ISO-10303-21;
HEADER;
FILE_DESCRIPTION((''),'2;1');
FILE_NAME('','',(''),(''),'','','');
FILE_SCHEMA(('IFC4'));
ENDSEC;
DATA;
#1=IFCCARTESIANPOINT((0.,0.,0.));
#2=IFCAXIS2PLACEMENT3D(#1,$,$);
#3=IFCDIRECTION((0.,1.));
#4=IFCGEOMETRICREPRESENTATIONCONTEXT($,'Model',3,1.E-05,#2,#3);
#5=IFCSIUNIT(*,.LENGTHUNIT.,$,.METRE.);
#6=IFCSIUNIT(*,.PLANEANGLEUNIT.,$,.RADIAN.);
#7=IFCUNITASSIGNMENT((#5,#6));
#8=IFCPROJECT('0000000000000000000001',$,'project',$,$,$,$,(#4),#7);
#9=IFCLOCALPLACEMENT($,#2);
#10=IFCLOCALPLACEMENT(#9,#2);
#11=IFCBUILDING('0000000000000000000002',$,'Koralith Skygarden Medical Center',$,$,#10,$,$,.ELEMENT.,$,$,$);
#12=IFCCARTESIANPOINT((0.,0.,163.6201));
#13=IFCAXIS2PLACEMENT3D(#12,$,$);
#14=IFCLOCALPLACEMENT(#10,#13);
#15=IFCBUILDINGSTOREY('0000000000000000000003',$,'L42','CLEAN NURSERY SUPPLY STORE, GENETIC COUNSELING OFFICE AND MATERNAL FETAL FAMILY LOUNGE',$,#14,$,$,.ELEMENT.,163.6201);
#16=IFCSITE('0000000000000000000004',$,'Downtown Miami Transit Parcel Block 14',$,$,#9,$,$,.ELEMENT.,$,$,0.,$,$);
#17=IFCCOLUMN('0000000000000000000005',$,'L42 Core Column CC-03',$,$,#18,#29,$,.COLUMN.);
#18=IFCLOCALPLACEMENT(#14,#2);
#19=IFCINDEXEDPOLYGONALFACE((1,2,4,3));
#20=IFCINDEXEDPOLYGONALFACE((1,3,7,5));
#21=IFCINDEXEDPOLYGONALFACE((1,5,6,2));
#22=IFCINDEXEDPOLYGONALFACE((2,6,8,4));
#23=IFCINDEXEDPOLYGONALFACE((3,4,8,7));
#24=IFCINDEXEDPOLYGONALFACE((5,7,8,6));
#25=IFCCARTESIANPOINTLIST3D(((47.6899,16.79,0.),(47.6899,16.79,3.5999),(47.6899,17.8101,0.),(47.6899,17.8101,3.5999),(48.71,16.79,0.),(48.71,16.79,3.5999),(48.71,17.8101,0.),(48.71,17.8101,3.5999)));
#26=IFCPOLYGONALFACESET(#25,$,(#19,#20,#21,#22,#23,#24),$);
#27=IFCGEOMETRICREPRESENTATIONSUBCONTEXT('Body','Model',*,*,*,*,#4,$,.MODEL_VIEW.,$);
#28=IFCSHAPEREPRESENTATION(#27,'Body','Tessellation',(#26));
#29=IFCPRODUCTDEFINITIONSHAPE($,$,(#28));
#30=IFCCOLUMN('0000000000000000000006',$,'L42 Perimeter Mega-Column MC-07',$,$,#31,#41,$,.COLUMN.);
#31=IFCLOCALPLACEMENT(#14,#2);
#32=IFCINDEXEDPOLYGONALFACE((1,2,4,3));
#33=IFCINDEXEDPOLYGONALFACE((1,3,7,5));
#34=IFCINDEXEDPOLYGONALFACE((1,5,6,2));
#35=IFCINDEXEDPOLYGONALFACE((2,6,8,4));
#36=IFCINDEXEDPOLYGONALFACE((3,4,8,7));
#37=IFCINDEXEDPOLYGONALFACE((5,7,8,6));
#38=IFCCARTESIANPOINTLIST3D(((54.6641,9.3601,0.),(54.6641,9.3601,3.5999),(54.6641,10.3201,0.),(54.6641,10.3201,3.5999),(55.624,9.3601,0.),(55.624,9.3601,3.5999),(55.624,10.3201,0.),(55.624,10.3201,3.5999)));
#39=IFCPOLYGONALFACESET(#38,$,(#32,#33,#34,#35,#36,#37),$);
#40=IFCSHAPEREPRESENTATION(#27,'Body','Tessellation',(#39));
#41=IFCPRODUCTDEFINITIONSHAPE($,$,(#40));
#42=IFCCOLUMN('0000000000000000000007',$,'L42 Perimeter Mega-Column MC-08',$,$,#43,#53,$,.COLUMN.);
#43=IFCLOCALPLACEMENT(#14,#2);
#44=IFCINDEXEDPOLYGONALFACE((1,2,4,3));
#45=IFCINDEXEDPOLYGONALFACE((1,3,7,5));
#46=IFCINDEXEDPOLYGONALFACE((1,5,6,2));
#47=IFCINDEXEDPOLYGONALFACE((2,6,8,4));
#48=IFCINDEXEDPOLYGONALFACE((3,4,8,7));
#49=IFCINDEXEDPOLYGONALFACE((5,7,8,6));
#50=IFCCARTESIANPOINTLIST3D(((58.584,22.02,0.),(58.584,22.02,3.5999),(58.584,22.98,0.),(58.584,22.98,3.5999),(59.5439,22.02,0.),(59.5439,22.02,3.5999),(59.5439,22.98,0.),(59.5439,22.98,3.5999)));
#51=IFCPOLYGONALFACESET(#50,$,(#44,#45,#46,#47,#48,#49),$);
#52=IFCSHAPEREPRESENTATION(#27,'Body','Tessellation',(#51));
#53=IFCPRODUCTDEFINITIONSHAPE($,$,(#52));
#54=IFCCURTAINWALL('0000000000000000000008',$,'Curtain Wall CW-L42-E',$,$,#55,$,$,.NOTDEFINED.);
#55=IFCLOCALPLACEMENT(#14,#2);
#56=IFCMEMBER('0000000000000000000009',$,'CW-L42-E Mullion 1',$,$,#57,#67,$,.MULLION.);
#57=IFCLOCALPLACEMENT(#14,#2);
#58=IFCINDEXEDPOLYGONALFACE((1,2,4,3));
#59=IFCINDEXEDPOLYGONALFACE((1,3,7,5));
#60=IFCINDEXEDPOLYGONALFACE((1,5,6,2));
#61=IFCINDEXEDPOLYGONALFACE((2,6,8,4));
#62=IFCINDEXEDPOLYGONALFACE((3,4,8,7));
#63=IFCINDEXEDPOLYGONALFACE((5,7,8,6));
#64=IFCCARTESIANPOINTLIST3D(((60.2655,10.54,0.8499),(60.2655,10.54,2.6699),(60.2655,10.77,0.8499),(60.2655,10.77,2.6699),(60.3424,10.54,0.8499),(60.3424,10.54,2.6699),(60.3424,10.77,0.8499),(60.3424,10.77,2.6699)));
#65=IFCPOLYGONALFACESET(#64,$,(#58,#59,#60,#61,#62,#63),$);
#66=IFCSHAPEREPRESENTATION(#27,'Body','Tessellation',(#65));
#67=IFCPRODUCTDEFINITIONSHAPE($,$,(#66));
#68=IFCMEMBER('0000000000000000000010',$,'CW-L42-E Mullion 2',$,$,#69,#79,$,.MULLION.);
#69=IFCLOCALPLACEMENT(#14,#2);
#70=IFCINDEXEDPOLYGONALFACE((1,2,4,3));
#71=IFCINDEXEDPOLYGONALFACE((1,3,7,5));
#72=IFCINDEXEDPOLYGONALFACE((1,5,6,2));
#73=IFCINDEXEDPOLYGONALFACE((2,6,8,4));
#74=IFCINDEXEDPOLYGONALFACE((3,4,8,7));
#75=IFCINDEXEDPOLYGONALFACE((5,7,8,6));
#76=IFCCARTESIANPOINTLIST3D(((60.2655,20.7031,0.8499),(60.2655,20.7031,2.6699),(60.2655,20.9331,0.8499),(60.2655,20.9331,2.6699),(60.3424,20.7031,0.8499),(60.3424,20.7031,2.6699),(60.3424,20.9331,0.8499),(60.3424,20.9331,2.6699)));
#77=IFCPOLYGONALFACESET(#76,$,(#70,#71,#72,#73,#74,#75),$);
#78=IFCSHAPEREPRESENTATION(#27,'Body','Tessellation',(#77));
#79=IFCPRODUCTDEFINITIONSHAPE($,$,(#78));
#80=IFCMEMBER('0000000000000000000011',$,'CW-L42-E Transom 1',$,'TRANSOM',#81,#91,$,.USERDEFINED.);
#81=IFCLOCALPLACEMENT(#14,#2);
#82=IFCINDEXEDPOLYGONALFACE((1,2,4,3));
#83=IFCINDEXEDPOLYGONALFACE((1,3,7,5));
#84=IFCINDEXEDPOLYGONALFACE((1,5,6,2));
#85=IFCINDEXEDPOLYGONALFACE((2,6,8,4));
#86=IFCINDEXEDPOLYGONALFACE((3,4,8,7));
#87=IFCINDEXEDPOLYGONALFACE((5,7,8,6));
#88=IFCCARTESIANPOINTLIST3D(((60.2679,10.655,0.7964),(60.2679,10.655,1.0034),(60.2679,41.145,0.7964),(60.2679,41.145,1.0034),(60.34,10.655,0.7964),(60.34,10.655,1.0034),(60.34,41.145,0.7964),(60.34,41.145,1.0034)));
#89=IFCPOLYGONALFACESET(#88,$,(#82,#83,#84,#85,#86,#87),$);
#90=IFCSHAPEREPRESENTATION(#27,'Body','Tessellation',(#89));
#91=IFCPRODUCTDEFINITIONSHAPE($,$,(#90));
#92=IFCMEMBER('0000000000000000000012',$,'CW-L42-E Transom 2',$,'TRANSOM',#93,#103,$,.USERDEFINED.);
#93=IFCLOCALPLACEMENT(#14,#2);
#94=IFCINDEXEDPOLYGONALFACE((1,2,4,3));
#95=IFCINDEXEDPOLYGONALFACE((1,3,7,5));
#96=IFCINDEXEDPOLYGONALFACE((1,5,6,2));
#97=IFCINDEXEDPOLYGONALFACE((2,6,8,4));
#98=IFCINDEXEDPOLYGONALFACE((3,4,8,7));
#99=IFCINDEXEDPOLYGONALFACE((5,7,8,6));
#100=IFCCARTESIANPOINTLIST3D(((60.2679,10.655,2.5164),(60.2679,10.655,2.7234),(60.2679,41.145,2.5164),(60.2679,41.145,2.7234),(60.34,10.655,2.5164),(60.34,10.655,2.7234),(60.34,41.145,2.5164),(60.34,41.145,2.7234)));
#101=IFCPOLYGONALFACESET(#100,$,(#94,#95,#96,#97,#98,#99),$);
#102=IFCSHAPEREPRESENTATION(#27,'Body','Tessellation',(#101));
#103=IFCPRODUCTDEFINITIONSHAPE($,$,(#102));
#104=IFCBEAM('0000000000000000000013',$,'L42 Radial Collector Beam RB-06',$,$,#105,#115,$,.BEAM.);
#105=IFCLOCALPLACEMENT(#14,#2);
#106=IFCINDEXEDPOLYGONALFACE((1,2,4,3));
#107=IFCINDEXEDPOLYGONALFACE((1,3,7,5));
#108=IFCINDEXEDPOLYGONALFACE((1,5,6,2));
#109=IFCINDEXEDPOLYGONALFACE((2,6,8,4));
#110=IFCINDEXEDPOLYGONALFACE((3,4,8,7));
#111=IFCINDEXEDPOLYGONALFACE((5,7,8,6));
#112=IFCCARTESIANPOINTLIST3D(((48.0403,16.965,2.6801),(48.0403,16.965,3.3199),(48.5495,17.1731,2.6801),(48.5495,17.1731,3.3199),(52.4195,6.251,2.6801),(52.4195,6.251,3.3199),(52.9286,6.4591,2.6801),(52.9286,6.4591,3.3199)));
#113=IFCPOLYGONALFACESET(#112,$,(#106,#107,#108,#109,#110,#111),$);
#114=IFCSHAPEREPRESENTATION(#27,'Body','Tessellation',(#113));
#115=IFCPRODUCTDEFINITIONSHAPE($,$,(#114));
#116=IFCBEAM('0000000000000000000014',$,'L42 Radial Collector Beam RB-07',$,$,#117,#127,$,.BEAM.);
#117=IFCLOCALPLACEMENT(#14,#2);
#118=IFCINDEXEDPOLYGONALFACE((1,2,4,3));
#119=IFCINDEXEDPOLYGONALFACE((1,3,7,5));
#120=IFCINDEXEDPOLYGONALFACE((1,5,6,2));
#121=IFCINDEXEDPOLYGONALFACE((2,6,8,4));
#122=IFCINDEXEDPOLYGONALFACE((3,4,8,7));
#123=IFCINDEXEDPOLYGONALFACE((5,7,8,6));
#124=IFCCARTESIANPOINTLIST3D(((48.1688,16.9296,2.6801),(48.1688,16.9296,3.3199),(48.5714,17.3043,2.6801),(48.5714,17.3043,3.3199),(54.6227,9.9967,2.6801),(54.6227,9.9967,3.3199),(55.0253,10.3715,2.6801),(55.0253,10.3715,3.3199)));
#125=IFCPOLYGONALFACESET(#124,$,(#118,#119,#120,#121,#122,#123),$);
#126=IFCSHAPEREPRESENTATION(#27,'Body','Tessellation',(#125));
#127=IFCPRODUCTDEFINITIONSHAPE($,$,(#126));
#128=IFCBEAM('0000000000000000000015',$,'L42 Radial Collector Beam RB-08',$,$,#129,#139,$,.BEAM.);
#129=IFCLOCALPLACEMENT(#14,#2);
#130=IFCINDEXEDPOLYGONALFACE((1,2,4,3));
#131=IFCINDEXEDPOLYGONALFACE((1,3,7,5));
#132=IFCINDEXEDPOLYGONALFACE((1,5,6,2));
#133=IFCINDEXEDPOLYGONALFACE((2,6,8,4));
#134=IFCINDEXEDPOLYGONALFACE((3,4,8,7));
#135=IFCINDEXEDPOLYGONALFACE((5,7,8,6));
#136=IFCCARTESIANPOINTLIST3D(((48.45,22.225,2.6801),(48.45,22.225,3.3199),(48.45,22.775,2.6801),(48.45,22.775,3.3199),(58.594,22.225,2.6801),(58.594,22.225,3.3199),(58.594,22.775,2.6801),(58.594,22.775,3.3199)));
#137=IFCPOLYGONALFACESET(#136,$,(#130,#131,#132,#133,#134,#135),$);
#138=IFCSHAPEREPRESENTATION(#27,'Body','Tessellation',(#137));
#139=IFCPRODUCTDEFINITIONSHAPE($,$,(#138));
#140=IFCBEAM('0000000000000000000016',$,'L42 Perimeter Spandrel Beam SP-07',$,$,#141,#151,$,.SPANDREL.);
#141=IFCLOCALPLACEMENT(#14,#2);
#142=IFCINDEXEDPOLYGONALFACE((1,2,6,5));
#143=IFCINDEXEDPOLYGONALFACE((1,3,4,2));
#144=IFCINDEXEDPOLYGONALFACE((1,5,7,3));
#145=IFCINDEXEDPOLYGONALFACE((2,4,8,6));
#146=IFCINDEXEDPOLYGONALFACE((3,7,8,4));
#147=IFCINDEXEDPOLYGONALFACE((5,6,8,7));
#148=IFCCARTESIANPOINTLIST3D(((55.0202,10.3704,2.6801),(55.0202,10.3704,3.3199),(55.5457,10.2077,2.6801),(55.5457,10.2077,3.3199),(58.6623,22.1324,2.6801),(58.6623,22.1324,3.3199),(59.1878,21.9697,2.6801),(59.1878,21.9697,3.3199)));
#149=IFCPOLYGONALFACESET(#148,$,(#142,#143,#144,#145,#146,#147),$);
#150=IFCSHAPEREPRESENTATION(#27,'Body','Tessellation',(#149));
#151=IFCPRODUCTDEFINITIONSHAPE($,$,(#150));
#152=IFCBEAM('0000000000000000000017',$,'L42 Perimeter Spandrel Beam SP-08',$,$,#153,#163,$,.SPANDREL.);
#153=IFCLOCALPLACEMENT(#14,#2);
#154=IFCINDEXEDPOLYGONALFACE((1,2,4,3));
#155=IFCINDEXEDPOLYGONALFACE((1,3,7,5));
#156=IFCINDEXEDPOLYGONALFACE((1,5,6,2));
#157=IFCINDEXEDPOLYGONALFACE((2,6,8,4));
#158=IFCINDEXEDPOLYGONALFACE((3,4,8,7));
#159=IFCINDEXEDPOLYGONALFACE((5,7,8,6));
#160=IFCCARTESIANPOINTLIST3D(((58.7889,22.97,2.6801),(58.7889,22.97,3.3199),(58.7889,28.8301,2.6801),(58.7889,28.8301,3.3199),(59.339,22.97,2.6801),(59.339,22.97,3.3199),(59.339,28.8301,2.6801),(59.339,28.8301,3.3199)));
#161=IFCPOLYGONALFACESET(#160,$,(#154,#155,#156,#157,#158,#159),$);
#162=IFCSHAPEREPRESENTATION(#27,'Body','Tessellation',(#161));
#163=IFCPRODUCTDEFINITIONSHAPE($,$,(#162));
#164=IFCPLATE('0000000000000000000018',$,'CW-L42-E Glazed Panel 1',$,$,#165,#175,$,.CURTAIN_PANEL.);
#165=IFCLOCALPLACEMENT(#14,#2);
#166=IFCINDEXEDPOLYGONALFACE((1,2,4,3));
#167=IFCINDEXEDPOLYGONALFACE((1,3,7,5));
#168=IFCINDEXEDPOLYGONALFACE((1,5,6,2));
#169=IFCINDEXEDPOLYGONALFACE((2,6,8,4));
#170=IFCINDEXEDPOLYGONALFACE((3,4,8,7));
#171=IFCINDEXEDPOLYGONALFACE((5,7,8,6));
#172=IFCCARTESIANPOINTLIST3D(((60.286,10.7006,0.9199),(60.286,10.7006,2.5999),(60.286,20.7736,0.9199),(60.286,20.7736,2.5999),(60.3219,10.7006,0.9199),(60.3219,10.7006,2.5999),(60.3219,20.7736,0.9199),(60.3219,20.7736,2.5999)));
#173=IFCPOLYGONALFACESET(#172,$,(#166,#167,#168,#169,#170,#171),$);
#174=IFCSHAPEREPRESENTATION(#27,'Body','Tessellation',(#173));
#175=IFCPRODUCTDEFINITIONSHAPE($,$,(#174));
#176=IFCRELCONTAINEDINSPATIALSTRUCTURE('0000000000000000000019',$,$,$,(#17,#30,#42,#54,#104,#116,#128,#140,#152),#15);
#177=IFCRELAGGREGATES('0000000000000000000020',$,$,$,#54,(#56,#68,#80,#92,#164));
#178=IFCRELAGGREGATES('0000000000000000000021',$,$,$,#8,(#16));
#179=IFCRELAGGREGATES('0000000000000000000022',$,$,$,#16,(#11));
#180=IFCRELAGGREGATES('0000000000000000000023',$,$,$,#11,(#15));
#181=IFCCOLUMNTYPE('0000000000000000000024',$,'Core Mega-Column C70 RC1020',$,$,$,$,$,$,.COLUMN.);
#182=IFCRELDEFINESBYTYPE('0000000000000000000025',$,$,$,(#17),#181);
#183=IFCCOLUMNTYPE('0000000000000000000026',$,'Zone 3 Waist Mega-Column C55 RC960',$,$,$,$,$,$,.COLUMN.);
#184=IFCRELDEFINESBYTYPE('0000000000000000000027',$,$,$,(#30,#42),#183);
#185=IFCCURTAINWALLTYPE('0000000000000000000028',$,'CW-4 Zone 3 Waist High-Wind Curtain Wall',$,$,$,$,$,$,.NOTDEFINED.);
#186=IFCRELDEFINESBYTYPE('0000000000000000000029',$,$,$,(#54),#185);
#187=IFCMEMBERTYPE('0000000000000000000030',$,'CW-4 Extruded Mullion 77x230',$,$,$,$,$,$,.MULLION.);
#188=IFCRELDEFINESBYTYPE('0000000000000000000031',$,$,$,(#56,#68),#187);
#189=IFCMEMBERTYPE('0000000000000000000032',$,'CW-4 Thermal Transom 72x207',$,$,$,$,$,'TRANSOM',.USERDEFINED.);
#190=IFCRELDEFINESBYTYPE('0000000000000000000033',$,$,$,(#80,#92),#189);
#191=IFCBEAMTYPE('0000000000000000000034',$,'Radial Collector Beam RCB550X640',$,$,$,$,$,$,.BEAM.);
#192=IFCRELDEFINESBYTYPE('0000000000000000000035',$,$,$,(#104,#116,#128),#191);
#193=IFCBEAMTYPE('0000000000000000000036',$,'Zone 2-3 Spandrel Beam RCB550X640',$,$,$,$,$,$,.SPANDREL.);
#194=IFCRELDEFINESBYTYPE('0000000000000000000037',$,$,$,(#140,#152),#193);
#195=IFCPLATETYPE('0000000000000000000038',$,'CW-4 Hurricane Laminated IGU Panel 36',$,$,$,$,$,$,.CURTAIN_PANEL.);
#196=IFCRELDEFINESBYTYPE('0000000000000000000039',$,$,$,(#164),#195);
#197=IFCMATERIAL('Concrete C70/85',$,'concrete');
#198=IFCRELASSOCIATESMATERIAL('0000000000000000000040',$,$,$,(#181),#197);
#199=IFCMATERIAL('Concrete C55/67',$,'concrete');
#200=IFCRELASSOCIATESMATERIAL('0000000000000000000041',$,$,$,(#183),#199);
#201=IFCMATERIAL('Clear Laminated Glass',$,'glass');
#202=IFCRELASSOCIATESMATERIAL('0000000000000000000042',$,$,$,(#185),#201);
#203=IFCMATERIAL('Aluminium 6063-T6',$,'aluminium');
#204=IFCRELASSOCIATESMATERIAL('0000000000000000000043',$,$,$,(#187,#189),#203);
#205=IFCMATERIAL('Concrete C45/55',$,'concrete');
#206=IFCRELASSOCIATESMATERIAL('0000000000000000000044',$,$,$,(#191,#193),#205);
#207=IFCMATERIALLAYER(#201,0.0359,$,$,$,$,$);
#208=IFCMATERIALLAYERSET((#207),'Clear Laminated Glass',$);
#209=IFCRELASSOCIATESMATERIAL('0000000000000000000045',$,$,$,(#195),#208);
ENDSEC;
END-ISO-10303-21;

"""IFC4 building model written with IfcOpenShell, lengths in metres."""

from ifc_helpers import new_model, si_unit, direction, frame, origin, origin_2d, place, context, subcontext, project, spatial, rectangle, extrude, material, layer, layer_set, material_profile, profile_set, type_object, element, aggregate, save


model = new_model("IFC4")

# Units and contexts
model_context = context("Model", 3, precision=1e-05, world=origin(), true_north=direction((0.0, 1.0)))
body_context = subcontext(model_context, "Body", "Model", "MODEL_VIEW")
ifc_project = project(units=[si_unit("LENGTHUNIT", "METRE"), si_unit("PLANEANGLEUNIT", "RADIAN")], contexts=[model_context])

# Site, building, storey
site_placement = place(None, origin())
site = spatial("IfcSite", under=ifc_project, at=site_placement, Name="Downtown Miami Transit Parcel Block 14", CompositionType="ELEMENT", RefElevation=0.0)
building_placement = place(site_placement, origin())
building = spatial("IfcBuilding", under=site, at=building_placement, Name="Koralith Skygarden Medical Center", CompositionType="ELEMENT")
storey_placement = place(building_placement, frame((0.0, 0.0, 163.6201)))
storey = spatial("IfcBuildingStorey", under=building, at=storey_placement, Name="L42", Description="CLEAN NURSERY SUPPLY STORE, GENETIC COUNSELING OFFICE AND MATERNAL FETAL FAMILY LOUNGE", CompositionType="ELEMENT", Elevation=163.6201)

# Columns
ifc_material_1 = material(Name="Concrete C70/85", Category="concrete")
ifc_material_profile_1 = material_profile(ifc_material_1, rectangle(XDim=1.02, YDim=1.02, at=origin_2d()), Name="RC1020X1020")
ifc_profile_set_1 = profile_set([ifc_material_profile_1], Name="Concrete C70/85")
column_type_1 = type_object("IfcColumnType", Name="Core Mega-Column C70 RC1020", PredefinedType="COLUMN", material=ifc_profile_set_1)
column_placement = place(storey_placement, frame((48.2, 17.3, 0.0), z_axis=(0.0, 0.0, 1.0), x_axis=(1.0, 0.0, 0.0)))
element("IfcColumn", 1, at=column_placement, inside=storey, type_object=column_type_1, Name="L42 Core Column CC-03", PredefinedType="COLUMN", context=body_context, shape_type="SweptSolid", body=[
    extrude(rectangle(XDim=1.02, YDim=1.02, at=origin_2d()), origin(), (0.0, 0.0, 1.0), 3.5999),
])
ifc_material_2 = material(Name="Concrete C55/67", Category="concrete")
ifc_material_profile_2 = material_profile(ifc_material_2, rectangle(XDim=0.96, YDim=0.96, at=origin_2d()), Name="RC960X960")
ifc_profile_set_2 = profile_set([ifc_material_profile_2], Name="Concrete C55/67")
column_type_2 = type_object("IfcColumnType", Name="Zone 3 Waist Mega-Column C55 RC960", PredefinedType="COLUMN", material=ifc_profile_set_2)
for number, where, z_axis, x_axis, name in (
    (2, (55.144, 9.8401, 0.0), (0.0, 0.0, 1.0), (1.0, 0.0, 0.0), "L42 Perimeter Mega-Column MC-07"),
    (3, (59.064, 22.5, 0.0), (0.0, 0.0, 1.0), (1.0, 0.0, 0.0), "L42 Perimeter Mega-Column MC-08"),
):
    element("IfcColumn", number, at=place(storey_placement, frame(where, z_axis=z_axis, x_axis=x_axis)), inside=storey, type_object=column_type_2, Name=name, PredefinedType="COLUMN", context=body_context, shape_type="SweptSolid", body=[
        extrude(rectangle(XDim=0.96, YDim=0.96, at=origin_2d()), origin(), (0.0, 0.0, 1.0), 3.5999),
    ])

# Curtain wall, members
ifc_material_3 = material(Name="Clear Laminated Glass", Category="glass")
curtain_wall_type = type_object("IfcCurtainWallType", Name="CW-4 Zone 3 Waist High-Wind Curtain Wall", PredefinedType="NOTDEFINED", material=ifc_material_3)
curtain_wall_placement = place(storey_placement, origin())
curtain_wall = element("IfcCurtainWall", 4, at=curtain_wall_placement, inside=storey, type_object=curtain_wall_type, Name="Curtain Wall CW-L42-E", PredefinedType="NOTDEFINED")
ifc_material_4 = material(Name="Aluminium 6063-T6", Category="aluminium")
ifc_material_profile_3 = material_profile(ifc_material_4, rectangle(XDim=0.0769, YDim=0.23, at=origin_2d()), Name="MUL77X230")
ifc_profile_set_3 = profile_set([ifc_material_profile_3], Name="Aluminium 6063-T6")
member_type_1 = type_object("IfcMemberType", Name="CW-4 Extruded Mullion 77x230", PredefinedType="MULLION", material=ifc_profile_set_3)
member_1_placement = place(storey_placement, frame((60.304, 10.655, 0.8499), z_axis=(0.0, 0.0, 1.0), x_axis=(1.0, 0.0, 0.0)))
member_1 = element("IfcMember", 5, at=member_1_placement, type_object=member_type_1, Name="CW-L42-E Mullion 1", PredefinedType="MULLION", context=body_context, shape_type="SweptSolid", body=[
    extrude(rectangle(XDim=0.0769, YDim=0.23, at=origin_2d()), origin(), (0.0, 0.0, 1.0), 1.8201),
])
member_2_placement = place(storey_placement, frame((60.304, 20.8181, 0.8499), z_axis=(0.0, 0.0, 1.0), x_axis=(1.0, 0.0, 0.0)))
member_2 = element("IfcMember", 6, at=member_2_placement, type_object=member_type_1, Name="CW-L42-E Mullion 2", PredefinedType="MULLION", context=body_context, shape_type="SweptSolid", body=[
    extrude(rectangle(XDim=0.0769, YDim=0.23, at=origin_2d()), origin(), (0.0, 0.0, 1.0), 1.8201),
])
ifc_material_profile_4 = material_profile(ifc_material_4, rectangle(XDim=0.072, YDim=0.207, at=origin_2d()), Name="TRN72X207")
ifc_profile_set_4 = profile_set([ifc_material_profile_4], Name="Aluminium 6063-T6")
member_type_2 = type_object("IfcMemberType", Name="CW-4 Thermal Transom 72x207", ElementType="TRANSOM", PredefinedType="USERDEFINED", material=ifc_profile_set_4)
member_3_placement = place(storey_placement, frame((60.304, 10.655, 0.8999), z_axis=(0.0, 1.0, 0.0), x_axis=(-1.0, 0.0, 0.0)))
member_3 = element("IfcMember", 7, at=member_3_placement, type_object=member_type_2, Name="CW-L42-E Transom 1", ObjectType="TRANSOM", PredefinedType="USERDEFINED", context=body_context, shape_type="SweptSolid", body=[
    extrude(rectangle(XDim=0.072, YDim=0.207, at=origin_2d()), origin(), (0.0, 0.0, 1.0), 30.49),
])
member_4_placement = place(storey_placement, frame((60.304, 10.655, 2.6199), z_axis=(0.0, 1.0, 0.0), x_axis=(-1.0, 0.0, 0.0)))
member_4 = element("IfcMember", 8, at=member_4_placement, type_object=member_type_2, Name="CW-L42-E Transom 2", ObjectType="TRANSOM", PredefinedType="USERDEFINED", context=body_context, shape_type="SweptSolid", body=[
    extrude(rectangle(XDim=0.072, YDim=0.207, at=origin_2d()), origin(), (0.0, 0.0, 1.0), 30.49),
])

# Beams
ifc_material_5 = material(Name="Concrete C45/55", Category="concrete")
ifc_material_profile_5 = material_profile(ifc_material_5, rectangle(XDim=0.55, YDim=0.6399, at=origin_2d()), Name="RCB550X640")
ifc_profile_set_5 = profile_set([ifc_material_profile_5], Name="Concrete C45/55")
beam_type_1 = type_object("IfcBeamType", Name="Radial Collector Beam RCB550X640", PredefinedType="BEAM", material=ifc_profile_set_5)
beam_1_placement = place(storey_placement, frame((48.2949, 17.0691, 3.0), z_axis=(0.378345, -0.925665, 0.0), x_axis=(0.925665, 0.378345, 0.0)))
element("IfcBeam", 9, at=beam_1_placement, inside=storey, type_object=beam_type_1, Name="L42 Radial Collector Beam RB-06", PredefinedType="BEAM", context=body_context, shape_type="SweptSolid", body=[
    extrude(rectangle(XDim=0.55, YDim=0.6399, at=origin_2d()), origin(), (0.0, 0.0, 1.0), 11.5745),
])
beam_2_placement = place(storey_placement, frame((48.3701, 17.1169, 3.0), z_axis=(0.681369, -0.73194, 0.0), x_axis=(0.73194, 0.681369, 0.0)))
element("IfcBeam", 10, at=beam_2_placement, inside=storey, type_object=beam_type_1, Name="L42 Radial Collector Beam RB-07", PredefinedType="BEAM", context=body_context, shape_type="SweptSolid", body=[
    extrude(rectangle(XDim=0.55, YDim=0.6399, at=origin_2d()), origin(), (0.0, 0.0, 1.0), 9.4719),
])
beam_3_placement = place(storey_placement, frame((48.45, 22.5, 3.0), z_axis=(1.0, 0.0, 0.0), x_axis=(0.0, 1.0, 0.0)))
element("IfcBeam", 11, at=beam_3_placement, inside=storey, type_object=beam_type_1, Name="L42 Radial Collector Beam RB-08", PredefinedType="BEAM", context=body_context, shape_type="SweptSolid", body=[
    extrude(rectangle(XDim=0.55, YDim=0.6399, at=origin_2d()), origin(), (0.0, 0.0, 1.0), 10.144),
])
ifc_material_profile_6 = material_profile(ifc_material_5, rectangle(XDim=0.55, YDim=0.6399, at=origin_2d()), Name="RCB550X640")
ifc_profile_set_6 = profile_set([ifc_material_profile_6], Name="Concrete C45/55")
beam_type_2 = type_object("IfcBeamType", Name="Zone 2-3 Spandrel Beam RCB550X640", PredefinedType="SPANDREL", material=ifc_profile_set_6)
beam_4_placement = place(storey_placement, frame((55.283, 10.2891, 3.0), z_axis=(0.295794, 0.955252, 0.0), x_axis=(-0.955252, 0.295794, 0.0)))
element("IfcBeam", 12, at=beam_4_placement, inside=storey, type_object=beam_type_2, Name="L42 Perimeter Spandrel Beam SP-07", PredefinedType="SPANDREL", context=body_context, shape_type="SweptSolid", body=[
    extrude(rectangle(XDim=0.55, YDim=0.6399, at=origin_2d()), origin(), (0.0, 0.0, 1.0), 12.313),
])
beam_5_placement = place(storey_placement, frame((59.064, 22.97, 3.0), z_axis=(0.0, 1.0, 0.0), x_axis=(-1.0, 0.0, 0.0)))
element("IfcBeam", 13, at=beam_5_placement, inside=storey, type_object=beam_type_2, Name="L42 Perimeter Spandrel Beam SP-08", PredefinedType="SPANDREL", context=body_context, shape_type="SweptSolid", body=[
    extrude(rectangle(XDim=0.55, YDim=0.6399, at=origin_2d()), origin(), (0.0, 0.0, 1.0), 5.8601),
])

# Plate
ifc_layer_1 = layer(ifc_material_3, 0.0359)
ifc_layer_set_1 = layer_set([ifc_layer_1], Name="Clear Laminated Glass")
plate_type_1 = type_object("IfcPlateType", Name="CW-4 Hurricane Laminated IGU Panel 36", PredefinedType="CURTAIN_PANEL", material=ifc_layer_set_1)
plate_1_placement = place(storey_placement, frame((60.304, 15.7371, 0.9199), z_axis=(0.0, 0.0, 1.0), x_axis=(0.0, 1.0, 0.0)))
plate_1 = element("IfcPlate", 14, at=plate_1_placement, type_object=plate_type_1, Name="CW-L42-E Glazed Panel 1", PredefinedType="CURTAIN_PANEL", context=body_context, shape_type="SweptSolid", body=[
    extrude(rectangle(XDim=10.073, YDim=0.0359, at=origin_2d()), origin(), (0.0, 0.0, 1.0), 1.6799),
])
aggregate(curtain_wall, [member_1, member_2, member_3, member_4, plate_1])

save(model, "model.ifc")
